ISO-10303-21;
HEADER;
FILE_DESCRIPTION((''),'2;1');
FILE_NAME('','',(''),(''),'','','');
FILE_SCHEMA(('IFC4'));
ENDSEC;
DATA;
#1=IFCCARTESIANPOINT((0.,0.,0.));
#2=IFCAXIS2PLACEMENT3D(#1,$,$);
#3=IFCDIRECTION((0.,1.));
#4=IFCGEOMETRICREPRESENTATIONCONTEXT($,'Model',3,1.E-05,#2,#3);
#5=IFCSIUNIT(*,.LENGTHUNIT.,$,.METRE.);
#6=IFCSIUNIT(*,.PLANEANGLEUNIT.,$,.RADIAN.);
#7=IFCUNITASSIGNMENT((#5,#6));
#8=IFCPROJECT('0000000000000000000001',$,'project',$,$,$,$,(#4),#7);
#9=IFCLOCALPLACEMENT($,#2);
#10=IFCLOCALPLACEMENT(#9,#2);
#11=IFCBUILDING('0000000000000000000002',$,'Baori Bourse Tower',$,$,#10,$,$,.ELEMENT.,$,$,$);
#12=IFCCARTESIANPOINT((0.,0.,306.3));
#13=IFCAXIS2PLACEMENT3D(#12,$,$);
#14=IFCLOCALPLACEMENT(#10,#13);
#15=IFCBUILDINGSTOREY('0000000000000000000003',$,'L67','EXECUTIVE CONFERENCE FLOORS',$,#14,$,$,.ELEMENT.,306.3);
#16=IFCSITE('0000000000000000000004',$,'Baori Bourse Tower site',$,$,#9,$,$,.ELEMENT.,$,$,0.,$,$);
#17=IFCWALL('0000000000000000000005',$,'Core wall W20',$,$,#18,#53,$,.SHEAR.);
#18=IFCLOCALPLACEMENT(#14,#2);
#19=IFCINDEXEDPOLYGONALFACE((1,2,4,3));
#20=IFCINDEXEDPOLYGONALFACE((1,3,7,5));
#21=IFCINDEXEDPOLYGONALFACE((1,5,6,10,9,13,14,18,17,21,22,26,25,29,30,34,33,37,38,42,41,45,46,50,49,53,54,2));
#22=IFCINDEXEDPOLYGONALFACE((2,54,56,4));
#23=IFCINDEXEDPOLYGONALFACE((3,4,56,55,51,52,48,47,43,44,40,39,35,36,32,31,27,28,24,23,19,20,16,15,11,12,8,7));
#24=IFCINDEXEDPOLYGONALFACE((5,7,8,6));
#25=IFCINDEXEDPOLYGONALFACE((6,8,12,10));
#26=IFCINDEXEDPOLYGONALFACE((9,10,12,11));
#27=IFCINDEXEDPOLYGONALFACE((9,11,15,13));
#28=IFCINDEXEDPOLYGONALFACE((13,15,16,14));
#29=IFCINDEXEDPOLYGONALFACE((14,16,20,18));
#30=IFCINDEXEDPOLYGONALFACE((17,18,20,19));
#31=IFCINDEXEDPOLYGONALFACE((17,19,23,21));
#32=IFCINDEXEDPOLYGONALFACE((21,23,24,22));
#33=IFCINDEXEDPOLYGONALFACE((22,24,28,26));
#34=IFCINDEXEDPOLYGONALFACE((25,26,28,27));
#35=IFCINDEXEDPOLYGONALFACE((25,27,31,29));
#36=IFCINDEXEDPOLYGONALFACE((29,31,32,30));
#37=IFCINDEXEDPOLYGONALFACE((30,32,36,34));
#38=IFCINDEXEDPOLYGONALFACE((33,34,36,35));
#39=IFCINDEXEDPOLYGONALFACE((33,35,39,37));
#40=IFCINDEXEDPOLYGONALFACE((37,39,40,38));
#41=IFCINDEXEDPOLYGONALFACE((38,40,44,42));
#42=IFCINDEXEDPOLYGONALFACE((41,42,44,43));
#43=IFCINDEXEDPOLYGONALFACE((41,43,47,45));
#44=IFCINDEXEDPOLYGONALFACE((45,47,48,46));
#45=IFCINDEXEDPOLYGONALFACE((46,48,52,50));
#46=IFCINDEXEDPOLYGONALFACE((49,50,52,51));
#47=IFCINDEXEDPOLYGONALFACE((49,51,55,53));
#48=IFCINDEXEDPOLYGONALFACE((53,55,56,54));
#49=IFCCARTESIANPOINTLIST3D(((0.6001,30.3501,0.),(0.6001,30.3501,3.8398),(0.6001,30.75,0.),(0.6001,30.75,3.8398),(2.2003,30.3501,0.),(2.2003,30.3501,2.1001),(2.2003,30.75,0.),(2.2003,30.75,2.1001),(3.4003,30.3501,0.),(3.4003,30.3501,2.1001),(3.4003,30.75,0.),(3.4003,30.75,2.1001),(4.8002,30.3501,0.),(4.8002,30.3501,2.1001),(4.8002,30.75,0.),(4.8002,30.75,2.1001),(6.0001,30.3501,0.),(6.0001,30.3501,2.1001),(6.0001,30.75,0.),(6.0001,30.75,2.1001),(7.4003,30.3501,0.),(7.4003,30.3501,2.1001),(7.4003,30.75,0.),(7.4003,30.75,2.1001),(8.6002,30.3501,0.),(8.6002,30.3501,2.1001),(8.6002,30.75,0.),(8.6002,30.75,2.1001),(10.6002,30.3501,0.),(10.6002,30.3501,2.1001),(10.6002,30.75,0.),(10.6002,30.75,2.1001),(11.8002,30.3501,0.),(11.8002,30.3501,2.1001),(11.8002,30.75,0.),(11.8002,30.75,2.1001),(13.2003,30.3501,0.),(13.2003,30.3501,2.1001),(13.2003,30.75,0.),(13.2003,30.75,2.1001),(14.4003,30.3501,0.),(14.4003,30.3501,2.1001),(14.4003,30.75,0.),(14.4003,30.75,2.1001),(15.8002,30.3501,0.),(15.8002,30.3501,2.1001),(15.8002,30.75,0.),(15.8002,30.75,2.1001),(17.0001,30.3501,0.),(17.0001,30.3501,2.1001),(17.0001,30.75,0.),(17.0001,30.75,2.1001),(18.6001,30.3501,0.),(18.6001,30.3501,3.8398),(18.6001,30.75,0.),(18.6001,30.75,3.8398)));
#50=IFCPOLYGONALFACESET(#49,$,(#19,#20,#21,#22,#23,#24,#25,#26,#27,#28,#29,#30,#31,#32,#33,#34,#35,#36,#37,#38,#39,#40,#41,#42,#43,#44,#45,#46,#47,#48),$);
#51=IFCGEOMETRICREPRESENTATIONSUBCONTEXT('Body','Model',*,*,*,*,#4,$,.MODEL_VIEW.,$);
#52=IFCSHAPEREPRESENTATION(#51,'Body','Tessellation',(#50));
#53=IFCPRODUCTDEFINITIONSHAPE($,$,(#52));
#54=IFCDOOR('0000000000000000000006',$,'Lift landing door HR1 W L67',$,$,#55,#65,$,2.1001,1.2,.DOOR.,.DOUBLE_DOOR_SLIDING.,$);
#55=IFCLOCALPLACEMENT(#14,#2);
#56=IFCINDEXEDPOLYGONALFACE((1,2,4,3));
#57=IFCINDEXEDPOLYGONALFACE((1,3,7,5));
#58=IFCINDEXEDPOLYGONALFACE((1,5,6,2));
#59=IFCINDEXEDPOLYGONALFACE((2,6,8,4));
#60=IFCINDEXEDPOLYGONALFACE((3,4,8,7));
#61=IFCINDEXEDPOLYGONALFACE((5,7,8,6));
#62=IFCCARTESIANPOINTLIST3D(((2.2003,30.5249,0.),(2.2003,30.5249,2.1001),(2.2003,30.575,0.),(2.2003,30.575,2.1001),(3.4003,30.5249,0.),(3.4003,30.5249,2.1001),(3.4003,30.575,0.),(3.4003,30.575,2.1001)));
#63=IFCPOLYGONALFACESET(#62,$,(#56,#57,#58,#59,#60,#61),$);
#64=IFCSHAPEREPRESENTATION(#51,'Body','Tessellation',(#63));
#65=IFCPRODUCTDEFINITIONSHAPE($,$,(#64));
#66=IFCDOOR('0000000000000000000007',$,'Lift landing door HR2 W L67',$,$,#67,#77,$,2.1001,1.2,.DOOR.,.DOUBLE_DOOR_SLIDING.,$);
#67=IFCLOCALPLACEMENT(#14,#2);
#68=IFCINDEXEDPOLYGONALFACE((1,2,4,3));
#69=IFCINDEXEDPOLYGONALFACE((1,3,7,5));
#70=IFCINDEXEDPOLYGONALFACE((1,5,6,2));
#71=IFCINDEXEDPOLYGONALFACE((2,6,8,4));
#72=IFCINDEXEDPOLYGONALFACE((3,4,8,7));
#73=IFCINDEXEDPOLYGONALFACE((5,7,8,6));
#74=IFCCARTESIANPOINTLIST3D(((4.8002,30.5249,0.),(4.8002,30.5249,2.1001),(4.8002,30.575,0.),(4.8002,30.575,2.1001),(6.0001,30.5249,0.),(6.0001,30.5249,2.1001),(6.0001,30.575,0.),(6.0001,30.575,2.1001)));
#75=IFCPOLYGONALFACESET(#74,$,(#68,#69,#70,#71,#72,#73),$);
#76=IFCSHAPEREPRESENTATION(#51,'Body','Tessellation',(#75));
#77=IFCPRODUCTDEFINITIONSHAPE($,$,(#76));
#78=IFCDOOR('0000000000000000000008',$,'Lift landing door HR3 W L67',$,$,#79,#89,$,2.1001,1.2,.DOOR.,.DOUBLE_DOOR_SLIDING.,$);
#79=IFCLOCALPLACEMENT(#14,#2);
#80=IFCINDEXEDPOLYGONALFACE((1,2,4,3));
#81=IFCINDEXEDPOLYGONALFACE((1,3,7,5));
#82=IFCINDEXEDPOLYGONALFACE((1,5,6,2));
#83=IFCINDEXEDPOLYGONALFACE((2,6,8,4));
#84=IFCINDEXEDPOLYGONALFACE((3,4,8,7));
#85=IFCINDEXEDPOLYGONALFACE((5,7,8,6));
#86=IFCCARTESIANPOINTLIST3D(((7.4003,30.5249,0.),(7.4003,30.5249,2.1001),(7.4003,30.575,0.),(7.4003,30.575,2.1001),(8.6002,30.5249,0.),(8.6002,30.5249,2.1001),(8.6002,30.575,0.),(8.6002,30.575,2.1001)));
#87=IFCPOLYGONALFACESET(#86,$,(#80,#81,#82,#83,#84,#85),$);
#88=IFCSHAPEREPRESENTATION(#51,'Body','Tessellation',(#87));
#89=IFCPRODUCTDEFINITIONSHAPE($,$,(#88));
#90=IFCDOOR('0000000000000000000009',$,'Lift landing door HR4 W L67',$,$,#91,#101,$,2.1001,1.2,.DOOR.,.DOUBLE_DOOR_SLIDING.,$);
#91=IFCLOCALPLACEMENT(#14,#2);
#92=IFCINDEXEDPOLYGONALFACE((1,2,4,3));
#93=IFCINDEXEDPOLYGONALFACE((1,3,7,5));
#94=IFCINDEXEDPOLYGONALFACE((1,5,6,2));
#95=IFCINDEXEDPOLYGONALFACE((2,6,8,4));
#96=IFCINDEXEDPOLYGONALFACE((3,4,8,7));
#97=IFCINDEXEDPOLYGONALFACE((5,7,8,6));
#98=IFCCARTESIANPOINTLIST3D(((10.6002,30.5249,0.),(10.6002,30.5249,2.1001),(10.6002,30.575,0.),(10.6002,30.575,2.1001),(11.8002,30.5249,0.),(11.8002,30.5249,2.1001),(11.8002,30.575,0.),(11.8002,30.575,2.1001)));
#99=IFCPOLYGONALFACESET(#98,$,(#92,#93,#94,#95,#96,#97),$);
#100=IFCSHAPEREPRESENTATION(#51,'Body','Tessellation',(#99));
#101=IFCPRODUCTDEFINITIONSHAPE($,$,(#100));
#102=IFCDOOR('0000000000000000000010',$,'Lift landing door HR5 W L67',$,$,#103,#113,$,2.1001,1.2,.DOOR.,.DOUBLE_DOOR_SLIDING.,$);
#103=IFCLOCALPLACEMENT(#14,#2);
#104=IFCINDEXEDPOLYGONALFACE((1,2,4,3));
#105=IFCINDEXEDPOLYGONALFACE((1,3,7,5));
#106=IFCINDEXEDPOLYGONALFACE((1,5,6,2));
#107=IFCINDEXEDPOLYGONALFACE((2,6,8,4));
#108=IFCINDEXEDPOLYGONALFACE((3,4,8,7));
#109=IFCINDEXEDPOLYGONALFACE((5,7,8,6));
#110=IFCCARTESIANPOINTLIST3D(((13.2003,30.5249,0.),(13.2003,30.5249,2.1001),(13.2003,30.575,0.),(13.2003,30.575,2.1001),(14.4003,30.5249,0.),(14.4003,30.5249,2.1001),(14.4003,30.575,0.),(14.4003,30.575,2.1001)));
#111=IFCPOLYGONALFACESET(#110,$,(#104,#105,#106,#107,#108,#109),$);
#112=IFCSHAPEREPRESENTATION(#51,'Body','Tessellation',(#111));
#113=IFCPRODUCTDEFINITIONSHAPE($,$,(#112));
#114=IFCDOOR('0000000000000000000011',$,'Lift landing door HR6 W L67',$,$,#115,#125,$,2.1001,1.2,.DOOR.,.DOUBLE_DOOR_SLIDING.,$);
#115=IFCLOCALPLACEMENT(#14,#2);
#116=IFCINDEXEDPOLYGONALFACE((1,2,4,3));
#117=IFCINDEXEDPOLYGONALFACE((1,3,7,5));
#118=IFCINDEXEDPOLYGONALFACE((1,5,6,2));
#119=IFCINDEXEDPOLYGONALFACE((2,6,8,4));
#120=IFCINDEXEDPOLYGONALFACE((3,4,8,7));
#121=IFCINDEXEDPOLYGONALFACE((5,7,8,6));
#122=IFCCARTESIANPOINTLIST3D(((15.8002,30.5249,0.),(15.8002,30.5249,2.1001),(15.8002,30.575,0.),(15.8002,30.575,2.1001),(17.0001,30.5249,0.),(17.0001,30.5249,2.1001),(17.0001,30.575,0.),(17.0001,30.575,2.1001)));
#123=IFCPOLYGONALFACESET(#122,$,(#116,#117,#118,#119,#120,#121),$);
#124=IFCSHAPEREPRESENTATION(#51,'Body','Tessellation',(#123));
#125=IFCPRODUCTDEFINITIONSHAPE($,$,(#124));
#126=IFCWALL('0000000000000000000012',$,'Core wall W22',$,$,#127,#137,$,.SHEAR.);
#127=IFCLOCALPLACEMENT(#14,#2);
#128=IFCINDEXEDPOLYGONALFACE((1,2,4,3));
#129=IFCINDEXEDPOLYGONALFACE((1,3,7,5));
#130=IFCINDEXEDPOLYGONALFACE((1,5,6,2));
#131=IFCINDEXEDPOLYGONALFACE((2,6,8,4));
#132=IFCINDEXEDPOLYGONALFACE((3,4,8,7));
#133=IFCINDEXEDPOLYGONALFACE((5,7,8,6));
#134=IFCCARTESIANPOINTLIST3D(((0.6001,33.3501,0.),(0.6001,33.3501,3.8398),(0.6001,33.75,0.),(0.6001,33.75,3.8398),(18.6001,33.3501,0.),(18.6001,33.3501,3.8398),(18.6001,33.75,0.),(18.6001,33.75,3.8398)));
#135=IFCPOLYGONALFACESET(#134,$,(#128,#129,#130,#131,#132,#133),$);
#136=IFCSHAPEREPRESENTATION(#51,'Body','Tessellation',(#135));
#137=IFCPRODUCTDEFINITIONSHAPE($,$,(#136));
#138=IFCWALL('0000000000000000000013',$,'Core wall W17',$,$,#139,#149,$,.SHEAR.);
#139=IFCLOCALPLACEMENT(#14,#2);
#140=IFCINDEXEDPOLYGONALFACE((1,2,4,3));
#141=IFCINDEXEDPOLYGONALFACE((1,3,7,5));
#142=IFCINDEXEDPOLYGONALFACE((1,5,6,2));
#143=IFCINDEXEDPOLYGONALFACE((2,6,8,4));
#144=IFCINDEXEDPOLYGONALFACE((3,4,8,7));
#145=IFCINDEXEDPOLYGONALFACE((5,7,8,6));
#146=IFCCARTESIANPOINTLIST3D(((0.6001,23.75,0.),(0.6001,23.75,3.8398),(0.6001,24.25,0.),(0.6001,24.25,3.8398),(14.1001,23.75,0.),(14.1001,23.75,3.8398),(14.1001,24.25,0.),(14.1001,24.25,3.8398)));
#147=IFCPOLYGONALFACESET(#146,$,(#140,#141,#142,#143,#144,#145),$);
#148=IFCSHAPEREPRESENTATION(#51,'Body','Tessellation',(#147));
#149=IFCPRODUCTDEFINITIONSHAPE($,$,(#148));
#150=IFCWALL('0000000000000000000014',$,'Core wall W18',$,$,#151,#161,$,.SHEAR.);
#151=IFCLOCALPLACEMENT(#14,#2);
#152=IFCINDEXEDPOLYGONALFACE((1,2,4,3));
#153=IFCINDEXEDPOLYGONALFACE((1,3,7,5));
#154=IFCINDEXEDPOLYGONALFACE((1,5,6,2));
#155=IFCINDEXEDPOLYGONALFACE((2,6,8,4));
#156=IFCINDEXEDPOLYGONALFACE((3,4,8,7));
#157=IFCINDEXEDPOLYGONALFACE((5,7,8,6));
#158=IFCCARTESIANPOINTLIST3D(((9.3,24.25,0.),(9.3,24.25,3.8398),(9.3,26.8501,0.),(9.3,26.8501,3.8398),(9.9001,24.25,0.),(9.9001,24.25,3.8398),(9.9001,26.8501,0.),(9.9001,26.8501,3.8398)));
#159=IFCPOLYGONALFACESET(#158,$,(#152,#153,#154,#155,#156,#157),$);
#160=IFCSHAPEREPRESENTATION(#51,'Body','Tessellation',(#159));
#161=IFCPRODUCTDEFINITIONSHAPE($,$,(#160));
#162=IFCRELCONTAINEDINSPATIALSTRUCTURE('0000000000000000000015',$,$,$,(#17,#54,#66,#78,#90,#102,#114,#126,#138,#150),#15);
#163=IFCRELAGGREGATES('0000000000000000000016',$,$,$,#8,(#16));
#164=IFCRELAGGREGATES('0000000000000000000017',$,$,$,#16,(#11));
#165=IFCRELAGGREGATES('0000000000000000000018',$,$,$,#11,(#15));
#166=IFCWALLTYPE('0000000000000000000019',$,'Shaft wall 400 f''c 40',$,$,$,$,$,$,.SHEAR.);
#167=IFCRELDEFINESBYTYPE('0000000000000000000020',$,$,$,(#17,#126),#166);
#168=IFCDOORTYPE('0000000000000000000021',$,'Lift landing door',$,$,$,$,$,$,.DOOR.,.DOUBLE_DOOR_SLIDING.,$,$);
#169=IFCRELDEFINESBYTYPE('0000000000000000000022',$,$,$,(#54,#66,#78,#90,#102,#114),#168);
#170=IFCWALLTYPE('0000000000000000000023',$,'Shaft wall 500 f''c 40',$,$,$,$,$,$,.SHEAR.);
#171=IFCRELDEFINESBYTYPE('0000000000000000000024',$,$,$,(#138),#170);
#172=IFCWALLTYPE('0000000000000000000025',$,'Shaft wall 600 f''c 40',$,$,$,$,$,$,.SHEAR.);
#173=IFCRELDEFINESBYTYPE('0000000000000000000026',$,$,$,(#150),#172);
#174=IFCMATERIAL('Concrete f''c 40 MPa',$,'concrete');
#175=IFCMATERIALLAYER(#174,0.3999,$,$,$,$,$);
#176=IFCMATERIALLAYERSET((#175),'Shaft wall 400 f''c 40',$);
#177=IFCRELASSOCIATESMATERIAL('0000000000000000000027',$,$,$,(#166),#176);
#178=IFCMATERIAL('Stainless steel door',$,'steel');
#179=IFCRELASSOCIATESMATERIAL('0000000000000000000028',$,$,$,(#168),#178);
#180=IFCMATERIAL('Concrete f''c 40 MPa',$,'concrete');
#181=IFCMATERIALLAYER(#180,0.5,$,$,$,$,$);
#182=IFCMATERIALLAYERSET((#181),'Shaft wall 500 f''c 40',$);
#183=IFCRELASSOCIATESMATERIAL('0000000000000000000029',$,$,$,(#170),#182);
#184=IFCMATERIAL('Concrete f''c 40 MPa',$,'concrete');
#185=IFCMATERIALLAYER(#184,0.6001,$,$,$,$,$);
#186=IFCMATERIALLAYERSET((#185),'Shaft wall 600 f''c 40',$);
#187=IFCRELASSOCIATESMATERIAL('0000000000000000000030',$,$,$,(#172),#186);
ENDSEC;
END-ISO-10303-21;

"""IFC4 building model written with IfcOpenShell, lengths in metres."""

from ifc_helpers import new_model, si_unit, direction, frame, frame_2d, origin, place, context, subcontext, project, spatial, rectangle, extrude, material, layer, layer_set, type_object, element, fill, save


model = new_model("IFC4")

# Units and contexts
model_context = context("Model", 3, precision=1e-05, world=origin(), true_north=direction((0.0, 1.0)))
body_context = subcontext(model_context, "Body", "Model", "MODEL_VIEW")
ifc_project = project(units=[si_unit("LENGTHUNIT", "METRE"), si_unit("PLANEANGLEUNIT", "RADIAN")], contexts=[model_context])

# Site, building, storey
site_placement = place(None, origin())
site = spatial("IfcSite", under=ifc_project, at=site_placement, Name="Baori Bourse Tower site", CompositionType="ELEMENT", RefElevation=0.0)
building_placement = place(site_placement, origin())
building = spatial("IfcBuilding", under=site, at=building_placement, Name="Baori Bourse Tower", CompositionType="ELEMENT")
storey_placement = place(building_placement, frame((0.0, 0.0, 306.3)))
storey = spatial("IfcBuildingStorey", under=building, at=storey_placement, Name="L67", Description="EXECUTIVE CONFERENCE FLOORS", CompositionType="ELEMENT", Elevation=306.3)

# Wall, openings, doors
ifc_material_1 = material(Name="Concrete f'c 40 MPa", Category="concrete")
ifc_layer_1 = layer(ifc_material_1, 0.3999)
ifc_layer_set_1 = layer_set([ifc_layer_1], Name="Shaft wall 400 f'c 40")
wall_type_1 = type_object("IfcWallType", Name="Shaft wall 400 f'c 40", PredefinedType="SHEAR", material=ifc_layer_set_1)
ifc_material_2 = material(Name="Stainless steel door", Category="steel")
door_type_1 = type_object("IfcDoorType", Name="Lift landing door", OperationType="DOUBLE_DOOR_SLIDING", PredefinedType="DOOR", material=ifc_material_2)
wall_1_placement = place(storey_placement, frame((0.6001, 30.55, 0.0), z_axis=(0.0, 0.0, 1.0), x_axis=(1.0, 0.0, 0.0)))
wall_1 = element("IfcWall", 1, at=wall_1_placement, inside=storey, type_object=wall_type_1, Name="Core wall W20", PredefinedType="SHEAR", context=body_context, shape_type="SweptSolid", body=[
    extrude(rectangle(XDim=18.0, YDim=0.3999, at=frame_2d((9.0, 0.0))), origin(), (0.0, 0.0, 1.0), 3.8398),
])
opening_1_placement = place(wall_1_placement, frame((1.6001, 0.0, 0.0)))
opening_1 = element("IfcOpeningElement", 2, at=opening_1_placement, cuts=wall_1, PredefinedType="OPENING", context=body_context, shape_type="SweptSolid", body=[
    extrude(rectangle(XDim=1.2, YDim=2.1001, at=frame_2d((0.6001, 1.05))), frame((0.0, 0.21, 0.0), z_axis=(0.0, -1.0, 0.0), x_axis=(1.0, 0.0, 0.0)), (0.0, 0.0, 1.0), 0.4199),
])
opening_2_placement = place(wall_1_placement, frame((4.2, 0.0, 0.0)))
opening_2 = element("IfcOpeningElement", 3, at=opening_2_placement, cuts=wall_1, PredefinedType="OPENING", context=body_context, shape_type="SweptSolid", body=[
    extrude(rectangle(XDim=1.2, YDim=2.1001, at=frame_2d((0.6001, 1.05))), frame((0.0, 0.21, 0.0), z_axis=(0.0, -1.0, 0.0), x_axis=(1.0, 0.0, 0.0)), (0.0, 0.0, 1.0), 0.4199),
])
opening_3_placement = place(wall_1_placement, frame((6.8, 0.0, 0.0)))
opening_3 = element("IfcOpeningElement", 4, at=opening_3_placement, cuts=wall_1, PredefinedType="OPENING", context=body_context, shape_type="SweptSolid", body=[
    extrude(rectangle(XDim=1.2, YDim=2.1001, at=frame_2d((0.6001, 1.05))), frame((0.0, 0.21, 0.0), z_axis=(0.0, -1.0, 0.0), x_axis=(1.0, 0.0, 0.0)), (0.0, 0.0, 1.0), 0.4199),
])
opening_4_placement = place(wall_1_placement, frame((10.0, 0.0, 0.0)))
opening_4 = element("IfcOpeningElement", 5, at=opening_4_placement, cuts=wall_1, PredefinedType="OPENING", context=body_context, shape_type="SweptSolid", body=[
    extrude(rectangle(XDim=1.2, YDim=2.1001, at=frame_2d((0.6001, 1.05))), frame((0.0, 0.21, 0.0), z_axis=(0.0, -1.0, 0.0), x_axis=(1.0, 0.0, 0.0)), (0.0, 0.0, 1.0), 0.4199),
])
opening_5_placement = place(wall_1_placement, frame((12.6001, 0.0, 0.0)))
opening_5 = element("IfcOpeningElement", 6, at=opening_5_placement, cuts=wall_1, PredefinedType="OPENING", context=body_context, shape_type="SweptSolid", body=[
    extrude(rectangle(XDim=1.2, YDim=2.1001, at=frame_2d((0.6001, 1.05))), frame((0.0, 0.21, 0.0), z_axis=(0.0, -1.0, 0.0), x_axis=(1.0, 0.0, 0.0)), (0.0, 0.0, 1.0), 0.4199),
])
opening_6_placement = place(wall_1_placement, frame((15.2, 0.0, 0.0)))
opening_6 = element("IfcOpeningElement", 7, at=opening_6_placement, cuts=wall_1, PredefinedType="OPENING", context=body_context, shape_type="SweptSolid", body=[
    extrude(rectangle(XDim=1.2, YDim=2.1001, at=frame_2d((0.6001, 1.05))), frame((0.0, 0.21, 0.0), z_axis=(0.0, -1.0, 0.0), x_axis=(1.0, 0.0, 0.0)), (0.0, 0.0, 1.0), 0.4199),
])
door_1_placement = place(opening_1_placement, origin())
door_1 = element("IfcDoor", 8, at=door_1_placement, inside=storey, type_object=door_type_1, Name="Lift landing door HR1 W L67", OperationType="DOUBLE_DOOR_SLIDING", OverallHeight=2.1001, OverallWidth=1.2, PredefinedType="DOOR", context=body_context, shape_type="SweptSolid", body=[
    extrude(rectangle(XDim=1.2, YDim=2.1001, at=frame_2d((0.6001, 1.05))), frame((0.0, 0.0249, 0.0), z_axis=(0.0, -1.0, 0.0), x_axis=(1.0, 0.0, 0.0)), (0.0, 0.0, 1.0), 0.05),
])
fill(opening_1, door_1)
door_2_placement = place(opening_2_placement, origin())
door_2 = element("IfcDoor", 9, at=door_2_placement, inside=storey, type_object=door_type_1, Name="Lift landing door HR2 W L67", OperationType="DOUBLE_DOOR_SLIDING", OverallHeight=2.1001, OverallWidth=1.2, PredefinedType="DOOR", context=body_context, shape_type="SweptSolid", body=[
    extrude(rectangle(XDim=1.2, YDim=2.1001, at=frame_2d((0.6001, 1.05))), frame((0.0, 0.0249, 0.0), z_axis=(0.0, -1.0, 0.0), x_axis=(1.0, 0.0, 0.0)), (0.0, 0.0, 1.0), 0.05),
])
fill(opening_2, door_2)
door_3_placement = place(opening_3_placement, origin())
door_3 = element("IfcDoor", 10, at=door_3_placement, inside=storey, type_object=door_type_1, Name="Lift landing door HR3 W L67", OperationType="DOUBLE_DOOR_SLIDING", OverallHeight=2.1001, OverallWidth=1.2, PredefinedType="DOOR", context=body_context, shape_type="SweptSolid", body=[
    extrude(rectangle(XDim=1.2, YDim=2.1001, at=frame_2d((0.6001, 1.05))), frame((0.0, 0.0249, 0.0), z_axis=(0.0, -1.0, 0.0), x_axis=(1.0, 0.0, 0.0)), (0.0, 0.0, 1.0), 0.05),
])
fill(opening_3, door_3)
door_4_placement = place(opening_4_placement, origin())
door_4 = element("IfcDoor", 11, at=door_4_placement, inside=storey, type_object=door_type_1, Name="Lift landing door HR4 W L67", OperationType="DOUBLE_DOOR_SLIDING", OverallHeight=2.1001, OverallWidth=1.2, PredefinedType="DOOR", context=body_context, shape_type="SweptSolid", body=[
    extrude(rectangle(XDim=1.2, YDim=2.1001, at=frame_2d((0.6001, 1.05))), frame((0.0, 0.0249, 0.0), z_axis=(0.0, -1.0, 0.0), x_axis=(1.0, 0.0, 0.0)), (0.0, 0.0, 1.0), 0.05),
])
fill(opening_4, door_4)
door_5_placement = place(opening_5_placement, origin())
door_5 = element("IfcDoor", 12, at=door_5_placement, inside=storey, type_object=door_type_1, Name="Lift landing door HR5 W L67", OperationType="DOUBLE_DOOR_SLIDING", OverallHeight=2.1001, OverallWidth=1.2, PredefinedType="DOOR", context=body_context, shape_type="SweptSolid", body=[
    extrude(rectangle(XDim=1.2, YDim=2.1001, at=frame_2d((0.6001, 1.05))), frame((0.0, 0.0249, 0.0), z_axis=(0.0, -1.0, 0.0), x_axis=(1.0, 0.0, 0.0)), (0.0, 0.0, 1.0), 0.05),
])
fill(opening_5, door_5)
door_6_placement = place(opening_6_placement, origin())
door_6 = element("IfcDoor", 13, at=door_6_placement, inside=storey, type_object=door_type_1, Name="Lift landing door HR6 W L67", OperationType="DOUBLE_DOOR_SLIDING", OverallHeight=2.1001, OverallWidth=1.2, PredefinedType="DOOR", context=body_context, shape_type="SweptSolid", body=[
    extrude(rectangle(XDim=1.2, YDim=2.1001, at=frame_2d((0.6001, 1.05))), frame((0.0, 0.0249, 0.0), z_axis=(0.0, -1.0, 0.0), x_axis=(1.0, 0.0, 0.0)), (0.0, 0.0, 1.0), 0.05),
])
fill(opening_6, door_6)

# Walls
wall_2_placement = place(storey_placement, frame((0.6001, 33.55, 0.0), z_axis=(0.0, 0.0, 1.0), x_axis=(1.0, 0.0, 0.0)))
element("IfcWall", 14, at=wall_2_placement, inside=storey, type_object=wall_type_1, Name="Core wall W22", PredefinedType="SHEAR", context=body_context, shape_type="SweptSolid", body=[
    extrude(rectangle(XDim=18.0, YDim=0.3999, at=frame_2d((9.0, 0.0))), origin(), (0.0, 0.0, 1.0), 3.8398),
])
ifc_material_3 = material(Name="Concrete f'c 40 MPa", Category="concrete")
ifc_layer_2 = layer(ifc_material_3, 0.5)
ifc_layer_set_2 = layer_set([ifc_layer_2], Name="Shaft wall 500 f'c 40")
wall_type_2 = type_object("IfcWallType", Name="Shaft wall 500 f'c 40", PredefinedType="SHEAR", material=ifc_layer_set_2)
wall_3_placement = place(storey_placement, frame((0.6001, 24.0, 0.0), z_axis=(0.0, 0.0, 1.0), x_axis=(1.0, 0.0, 0.0)))
element("IfcWall", 15, at=wall_3_placement, inside=storey, type_object=wall_type_2, Name="Core wall W17", PredefinedType="SHEAR", context=body_context, shape_type="SweptSolid", body=[
    extrude(rectangle(XDim=13.5, YDim=0.5, at=frame_2d((6.75, 0.0))), origin(), (0.0, 0.0, 1.0), 3.8398),
])
ifc_material_4 = material(Name="Concrete f'c 40 MPa", Category="concrete")
ifc_layer_3 = layer(ifc_material_4, 0.6001)
ifc_layer_set_3 = layer_set([ifc_layer_3], Name="Shaft wall 600 f'c 40")
wall_type_3 = type_object("IfcWallType", Name="Shaft wall 600 f'c 40", PredefinedType="SHEAR", material=ifc_layer_set_3)
for number, where, z_axis, x_axis, name in (
    (16, (9.6001, 24.25, 0.0), (0.0, 0.0, 1.0), (0.0, 1.0, 0.0), "Core wall W18"),
):
    element("IfcWall", number, at=place(storey_placement, frame(where, z_axis=z_axis, x_axis=x_axis)), inside=storey, type_object=wall_type_3, Name=name, PredefinedType="SHEAR", context=body_context, shape_type="SweptSolid", body=[
        extrude(rectangle(XDim=2.6001, YDim=0.6001, at=frame_2d((1.3, 0.0))), origin(), (0.0, 0.0, 1.0), 3.8398),
    ])

save(model, "model.ifc")
